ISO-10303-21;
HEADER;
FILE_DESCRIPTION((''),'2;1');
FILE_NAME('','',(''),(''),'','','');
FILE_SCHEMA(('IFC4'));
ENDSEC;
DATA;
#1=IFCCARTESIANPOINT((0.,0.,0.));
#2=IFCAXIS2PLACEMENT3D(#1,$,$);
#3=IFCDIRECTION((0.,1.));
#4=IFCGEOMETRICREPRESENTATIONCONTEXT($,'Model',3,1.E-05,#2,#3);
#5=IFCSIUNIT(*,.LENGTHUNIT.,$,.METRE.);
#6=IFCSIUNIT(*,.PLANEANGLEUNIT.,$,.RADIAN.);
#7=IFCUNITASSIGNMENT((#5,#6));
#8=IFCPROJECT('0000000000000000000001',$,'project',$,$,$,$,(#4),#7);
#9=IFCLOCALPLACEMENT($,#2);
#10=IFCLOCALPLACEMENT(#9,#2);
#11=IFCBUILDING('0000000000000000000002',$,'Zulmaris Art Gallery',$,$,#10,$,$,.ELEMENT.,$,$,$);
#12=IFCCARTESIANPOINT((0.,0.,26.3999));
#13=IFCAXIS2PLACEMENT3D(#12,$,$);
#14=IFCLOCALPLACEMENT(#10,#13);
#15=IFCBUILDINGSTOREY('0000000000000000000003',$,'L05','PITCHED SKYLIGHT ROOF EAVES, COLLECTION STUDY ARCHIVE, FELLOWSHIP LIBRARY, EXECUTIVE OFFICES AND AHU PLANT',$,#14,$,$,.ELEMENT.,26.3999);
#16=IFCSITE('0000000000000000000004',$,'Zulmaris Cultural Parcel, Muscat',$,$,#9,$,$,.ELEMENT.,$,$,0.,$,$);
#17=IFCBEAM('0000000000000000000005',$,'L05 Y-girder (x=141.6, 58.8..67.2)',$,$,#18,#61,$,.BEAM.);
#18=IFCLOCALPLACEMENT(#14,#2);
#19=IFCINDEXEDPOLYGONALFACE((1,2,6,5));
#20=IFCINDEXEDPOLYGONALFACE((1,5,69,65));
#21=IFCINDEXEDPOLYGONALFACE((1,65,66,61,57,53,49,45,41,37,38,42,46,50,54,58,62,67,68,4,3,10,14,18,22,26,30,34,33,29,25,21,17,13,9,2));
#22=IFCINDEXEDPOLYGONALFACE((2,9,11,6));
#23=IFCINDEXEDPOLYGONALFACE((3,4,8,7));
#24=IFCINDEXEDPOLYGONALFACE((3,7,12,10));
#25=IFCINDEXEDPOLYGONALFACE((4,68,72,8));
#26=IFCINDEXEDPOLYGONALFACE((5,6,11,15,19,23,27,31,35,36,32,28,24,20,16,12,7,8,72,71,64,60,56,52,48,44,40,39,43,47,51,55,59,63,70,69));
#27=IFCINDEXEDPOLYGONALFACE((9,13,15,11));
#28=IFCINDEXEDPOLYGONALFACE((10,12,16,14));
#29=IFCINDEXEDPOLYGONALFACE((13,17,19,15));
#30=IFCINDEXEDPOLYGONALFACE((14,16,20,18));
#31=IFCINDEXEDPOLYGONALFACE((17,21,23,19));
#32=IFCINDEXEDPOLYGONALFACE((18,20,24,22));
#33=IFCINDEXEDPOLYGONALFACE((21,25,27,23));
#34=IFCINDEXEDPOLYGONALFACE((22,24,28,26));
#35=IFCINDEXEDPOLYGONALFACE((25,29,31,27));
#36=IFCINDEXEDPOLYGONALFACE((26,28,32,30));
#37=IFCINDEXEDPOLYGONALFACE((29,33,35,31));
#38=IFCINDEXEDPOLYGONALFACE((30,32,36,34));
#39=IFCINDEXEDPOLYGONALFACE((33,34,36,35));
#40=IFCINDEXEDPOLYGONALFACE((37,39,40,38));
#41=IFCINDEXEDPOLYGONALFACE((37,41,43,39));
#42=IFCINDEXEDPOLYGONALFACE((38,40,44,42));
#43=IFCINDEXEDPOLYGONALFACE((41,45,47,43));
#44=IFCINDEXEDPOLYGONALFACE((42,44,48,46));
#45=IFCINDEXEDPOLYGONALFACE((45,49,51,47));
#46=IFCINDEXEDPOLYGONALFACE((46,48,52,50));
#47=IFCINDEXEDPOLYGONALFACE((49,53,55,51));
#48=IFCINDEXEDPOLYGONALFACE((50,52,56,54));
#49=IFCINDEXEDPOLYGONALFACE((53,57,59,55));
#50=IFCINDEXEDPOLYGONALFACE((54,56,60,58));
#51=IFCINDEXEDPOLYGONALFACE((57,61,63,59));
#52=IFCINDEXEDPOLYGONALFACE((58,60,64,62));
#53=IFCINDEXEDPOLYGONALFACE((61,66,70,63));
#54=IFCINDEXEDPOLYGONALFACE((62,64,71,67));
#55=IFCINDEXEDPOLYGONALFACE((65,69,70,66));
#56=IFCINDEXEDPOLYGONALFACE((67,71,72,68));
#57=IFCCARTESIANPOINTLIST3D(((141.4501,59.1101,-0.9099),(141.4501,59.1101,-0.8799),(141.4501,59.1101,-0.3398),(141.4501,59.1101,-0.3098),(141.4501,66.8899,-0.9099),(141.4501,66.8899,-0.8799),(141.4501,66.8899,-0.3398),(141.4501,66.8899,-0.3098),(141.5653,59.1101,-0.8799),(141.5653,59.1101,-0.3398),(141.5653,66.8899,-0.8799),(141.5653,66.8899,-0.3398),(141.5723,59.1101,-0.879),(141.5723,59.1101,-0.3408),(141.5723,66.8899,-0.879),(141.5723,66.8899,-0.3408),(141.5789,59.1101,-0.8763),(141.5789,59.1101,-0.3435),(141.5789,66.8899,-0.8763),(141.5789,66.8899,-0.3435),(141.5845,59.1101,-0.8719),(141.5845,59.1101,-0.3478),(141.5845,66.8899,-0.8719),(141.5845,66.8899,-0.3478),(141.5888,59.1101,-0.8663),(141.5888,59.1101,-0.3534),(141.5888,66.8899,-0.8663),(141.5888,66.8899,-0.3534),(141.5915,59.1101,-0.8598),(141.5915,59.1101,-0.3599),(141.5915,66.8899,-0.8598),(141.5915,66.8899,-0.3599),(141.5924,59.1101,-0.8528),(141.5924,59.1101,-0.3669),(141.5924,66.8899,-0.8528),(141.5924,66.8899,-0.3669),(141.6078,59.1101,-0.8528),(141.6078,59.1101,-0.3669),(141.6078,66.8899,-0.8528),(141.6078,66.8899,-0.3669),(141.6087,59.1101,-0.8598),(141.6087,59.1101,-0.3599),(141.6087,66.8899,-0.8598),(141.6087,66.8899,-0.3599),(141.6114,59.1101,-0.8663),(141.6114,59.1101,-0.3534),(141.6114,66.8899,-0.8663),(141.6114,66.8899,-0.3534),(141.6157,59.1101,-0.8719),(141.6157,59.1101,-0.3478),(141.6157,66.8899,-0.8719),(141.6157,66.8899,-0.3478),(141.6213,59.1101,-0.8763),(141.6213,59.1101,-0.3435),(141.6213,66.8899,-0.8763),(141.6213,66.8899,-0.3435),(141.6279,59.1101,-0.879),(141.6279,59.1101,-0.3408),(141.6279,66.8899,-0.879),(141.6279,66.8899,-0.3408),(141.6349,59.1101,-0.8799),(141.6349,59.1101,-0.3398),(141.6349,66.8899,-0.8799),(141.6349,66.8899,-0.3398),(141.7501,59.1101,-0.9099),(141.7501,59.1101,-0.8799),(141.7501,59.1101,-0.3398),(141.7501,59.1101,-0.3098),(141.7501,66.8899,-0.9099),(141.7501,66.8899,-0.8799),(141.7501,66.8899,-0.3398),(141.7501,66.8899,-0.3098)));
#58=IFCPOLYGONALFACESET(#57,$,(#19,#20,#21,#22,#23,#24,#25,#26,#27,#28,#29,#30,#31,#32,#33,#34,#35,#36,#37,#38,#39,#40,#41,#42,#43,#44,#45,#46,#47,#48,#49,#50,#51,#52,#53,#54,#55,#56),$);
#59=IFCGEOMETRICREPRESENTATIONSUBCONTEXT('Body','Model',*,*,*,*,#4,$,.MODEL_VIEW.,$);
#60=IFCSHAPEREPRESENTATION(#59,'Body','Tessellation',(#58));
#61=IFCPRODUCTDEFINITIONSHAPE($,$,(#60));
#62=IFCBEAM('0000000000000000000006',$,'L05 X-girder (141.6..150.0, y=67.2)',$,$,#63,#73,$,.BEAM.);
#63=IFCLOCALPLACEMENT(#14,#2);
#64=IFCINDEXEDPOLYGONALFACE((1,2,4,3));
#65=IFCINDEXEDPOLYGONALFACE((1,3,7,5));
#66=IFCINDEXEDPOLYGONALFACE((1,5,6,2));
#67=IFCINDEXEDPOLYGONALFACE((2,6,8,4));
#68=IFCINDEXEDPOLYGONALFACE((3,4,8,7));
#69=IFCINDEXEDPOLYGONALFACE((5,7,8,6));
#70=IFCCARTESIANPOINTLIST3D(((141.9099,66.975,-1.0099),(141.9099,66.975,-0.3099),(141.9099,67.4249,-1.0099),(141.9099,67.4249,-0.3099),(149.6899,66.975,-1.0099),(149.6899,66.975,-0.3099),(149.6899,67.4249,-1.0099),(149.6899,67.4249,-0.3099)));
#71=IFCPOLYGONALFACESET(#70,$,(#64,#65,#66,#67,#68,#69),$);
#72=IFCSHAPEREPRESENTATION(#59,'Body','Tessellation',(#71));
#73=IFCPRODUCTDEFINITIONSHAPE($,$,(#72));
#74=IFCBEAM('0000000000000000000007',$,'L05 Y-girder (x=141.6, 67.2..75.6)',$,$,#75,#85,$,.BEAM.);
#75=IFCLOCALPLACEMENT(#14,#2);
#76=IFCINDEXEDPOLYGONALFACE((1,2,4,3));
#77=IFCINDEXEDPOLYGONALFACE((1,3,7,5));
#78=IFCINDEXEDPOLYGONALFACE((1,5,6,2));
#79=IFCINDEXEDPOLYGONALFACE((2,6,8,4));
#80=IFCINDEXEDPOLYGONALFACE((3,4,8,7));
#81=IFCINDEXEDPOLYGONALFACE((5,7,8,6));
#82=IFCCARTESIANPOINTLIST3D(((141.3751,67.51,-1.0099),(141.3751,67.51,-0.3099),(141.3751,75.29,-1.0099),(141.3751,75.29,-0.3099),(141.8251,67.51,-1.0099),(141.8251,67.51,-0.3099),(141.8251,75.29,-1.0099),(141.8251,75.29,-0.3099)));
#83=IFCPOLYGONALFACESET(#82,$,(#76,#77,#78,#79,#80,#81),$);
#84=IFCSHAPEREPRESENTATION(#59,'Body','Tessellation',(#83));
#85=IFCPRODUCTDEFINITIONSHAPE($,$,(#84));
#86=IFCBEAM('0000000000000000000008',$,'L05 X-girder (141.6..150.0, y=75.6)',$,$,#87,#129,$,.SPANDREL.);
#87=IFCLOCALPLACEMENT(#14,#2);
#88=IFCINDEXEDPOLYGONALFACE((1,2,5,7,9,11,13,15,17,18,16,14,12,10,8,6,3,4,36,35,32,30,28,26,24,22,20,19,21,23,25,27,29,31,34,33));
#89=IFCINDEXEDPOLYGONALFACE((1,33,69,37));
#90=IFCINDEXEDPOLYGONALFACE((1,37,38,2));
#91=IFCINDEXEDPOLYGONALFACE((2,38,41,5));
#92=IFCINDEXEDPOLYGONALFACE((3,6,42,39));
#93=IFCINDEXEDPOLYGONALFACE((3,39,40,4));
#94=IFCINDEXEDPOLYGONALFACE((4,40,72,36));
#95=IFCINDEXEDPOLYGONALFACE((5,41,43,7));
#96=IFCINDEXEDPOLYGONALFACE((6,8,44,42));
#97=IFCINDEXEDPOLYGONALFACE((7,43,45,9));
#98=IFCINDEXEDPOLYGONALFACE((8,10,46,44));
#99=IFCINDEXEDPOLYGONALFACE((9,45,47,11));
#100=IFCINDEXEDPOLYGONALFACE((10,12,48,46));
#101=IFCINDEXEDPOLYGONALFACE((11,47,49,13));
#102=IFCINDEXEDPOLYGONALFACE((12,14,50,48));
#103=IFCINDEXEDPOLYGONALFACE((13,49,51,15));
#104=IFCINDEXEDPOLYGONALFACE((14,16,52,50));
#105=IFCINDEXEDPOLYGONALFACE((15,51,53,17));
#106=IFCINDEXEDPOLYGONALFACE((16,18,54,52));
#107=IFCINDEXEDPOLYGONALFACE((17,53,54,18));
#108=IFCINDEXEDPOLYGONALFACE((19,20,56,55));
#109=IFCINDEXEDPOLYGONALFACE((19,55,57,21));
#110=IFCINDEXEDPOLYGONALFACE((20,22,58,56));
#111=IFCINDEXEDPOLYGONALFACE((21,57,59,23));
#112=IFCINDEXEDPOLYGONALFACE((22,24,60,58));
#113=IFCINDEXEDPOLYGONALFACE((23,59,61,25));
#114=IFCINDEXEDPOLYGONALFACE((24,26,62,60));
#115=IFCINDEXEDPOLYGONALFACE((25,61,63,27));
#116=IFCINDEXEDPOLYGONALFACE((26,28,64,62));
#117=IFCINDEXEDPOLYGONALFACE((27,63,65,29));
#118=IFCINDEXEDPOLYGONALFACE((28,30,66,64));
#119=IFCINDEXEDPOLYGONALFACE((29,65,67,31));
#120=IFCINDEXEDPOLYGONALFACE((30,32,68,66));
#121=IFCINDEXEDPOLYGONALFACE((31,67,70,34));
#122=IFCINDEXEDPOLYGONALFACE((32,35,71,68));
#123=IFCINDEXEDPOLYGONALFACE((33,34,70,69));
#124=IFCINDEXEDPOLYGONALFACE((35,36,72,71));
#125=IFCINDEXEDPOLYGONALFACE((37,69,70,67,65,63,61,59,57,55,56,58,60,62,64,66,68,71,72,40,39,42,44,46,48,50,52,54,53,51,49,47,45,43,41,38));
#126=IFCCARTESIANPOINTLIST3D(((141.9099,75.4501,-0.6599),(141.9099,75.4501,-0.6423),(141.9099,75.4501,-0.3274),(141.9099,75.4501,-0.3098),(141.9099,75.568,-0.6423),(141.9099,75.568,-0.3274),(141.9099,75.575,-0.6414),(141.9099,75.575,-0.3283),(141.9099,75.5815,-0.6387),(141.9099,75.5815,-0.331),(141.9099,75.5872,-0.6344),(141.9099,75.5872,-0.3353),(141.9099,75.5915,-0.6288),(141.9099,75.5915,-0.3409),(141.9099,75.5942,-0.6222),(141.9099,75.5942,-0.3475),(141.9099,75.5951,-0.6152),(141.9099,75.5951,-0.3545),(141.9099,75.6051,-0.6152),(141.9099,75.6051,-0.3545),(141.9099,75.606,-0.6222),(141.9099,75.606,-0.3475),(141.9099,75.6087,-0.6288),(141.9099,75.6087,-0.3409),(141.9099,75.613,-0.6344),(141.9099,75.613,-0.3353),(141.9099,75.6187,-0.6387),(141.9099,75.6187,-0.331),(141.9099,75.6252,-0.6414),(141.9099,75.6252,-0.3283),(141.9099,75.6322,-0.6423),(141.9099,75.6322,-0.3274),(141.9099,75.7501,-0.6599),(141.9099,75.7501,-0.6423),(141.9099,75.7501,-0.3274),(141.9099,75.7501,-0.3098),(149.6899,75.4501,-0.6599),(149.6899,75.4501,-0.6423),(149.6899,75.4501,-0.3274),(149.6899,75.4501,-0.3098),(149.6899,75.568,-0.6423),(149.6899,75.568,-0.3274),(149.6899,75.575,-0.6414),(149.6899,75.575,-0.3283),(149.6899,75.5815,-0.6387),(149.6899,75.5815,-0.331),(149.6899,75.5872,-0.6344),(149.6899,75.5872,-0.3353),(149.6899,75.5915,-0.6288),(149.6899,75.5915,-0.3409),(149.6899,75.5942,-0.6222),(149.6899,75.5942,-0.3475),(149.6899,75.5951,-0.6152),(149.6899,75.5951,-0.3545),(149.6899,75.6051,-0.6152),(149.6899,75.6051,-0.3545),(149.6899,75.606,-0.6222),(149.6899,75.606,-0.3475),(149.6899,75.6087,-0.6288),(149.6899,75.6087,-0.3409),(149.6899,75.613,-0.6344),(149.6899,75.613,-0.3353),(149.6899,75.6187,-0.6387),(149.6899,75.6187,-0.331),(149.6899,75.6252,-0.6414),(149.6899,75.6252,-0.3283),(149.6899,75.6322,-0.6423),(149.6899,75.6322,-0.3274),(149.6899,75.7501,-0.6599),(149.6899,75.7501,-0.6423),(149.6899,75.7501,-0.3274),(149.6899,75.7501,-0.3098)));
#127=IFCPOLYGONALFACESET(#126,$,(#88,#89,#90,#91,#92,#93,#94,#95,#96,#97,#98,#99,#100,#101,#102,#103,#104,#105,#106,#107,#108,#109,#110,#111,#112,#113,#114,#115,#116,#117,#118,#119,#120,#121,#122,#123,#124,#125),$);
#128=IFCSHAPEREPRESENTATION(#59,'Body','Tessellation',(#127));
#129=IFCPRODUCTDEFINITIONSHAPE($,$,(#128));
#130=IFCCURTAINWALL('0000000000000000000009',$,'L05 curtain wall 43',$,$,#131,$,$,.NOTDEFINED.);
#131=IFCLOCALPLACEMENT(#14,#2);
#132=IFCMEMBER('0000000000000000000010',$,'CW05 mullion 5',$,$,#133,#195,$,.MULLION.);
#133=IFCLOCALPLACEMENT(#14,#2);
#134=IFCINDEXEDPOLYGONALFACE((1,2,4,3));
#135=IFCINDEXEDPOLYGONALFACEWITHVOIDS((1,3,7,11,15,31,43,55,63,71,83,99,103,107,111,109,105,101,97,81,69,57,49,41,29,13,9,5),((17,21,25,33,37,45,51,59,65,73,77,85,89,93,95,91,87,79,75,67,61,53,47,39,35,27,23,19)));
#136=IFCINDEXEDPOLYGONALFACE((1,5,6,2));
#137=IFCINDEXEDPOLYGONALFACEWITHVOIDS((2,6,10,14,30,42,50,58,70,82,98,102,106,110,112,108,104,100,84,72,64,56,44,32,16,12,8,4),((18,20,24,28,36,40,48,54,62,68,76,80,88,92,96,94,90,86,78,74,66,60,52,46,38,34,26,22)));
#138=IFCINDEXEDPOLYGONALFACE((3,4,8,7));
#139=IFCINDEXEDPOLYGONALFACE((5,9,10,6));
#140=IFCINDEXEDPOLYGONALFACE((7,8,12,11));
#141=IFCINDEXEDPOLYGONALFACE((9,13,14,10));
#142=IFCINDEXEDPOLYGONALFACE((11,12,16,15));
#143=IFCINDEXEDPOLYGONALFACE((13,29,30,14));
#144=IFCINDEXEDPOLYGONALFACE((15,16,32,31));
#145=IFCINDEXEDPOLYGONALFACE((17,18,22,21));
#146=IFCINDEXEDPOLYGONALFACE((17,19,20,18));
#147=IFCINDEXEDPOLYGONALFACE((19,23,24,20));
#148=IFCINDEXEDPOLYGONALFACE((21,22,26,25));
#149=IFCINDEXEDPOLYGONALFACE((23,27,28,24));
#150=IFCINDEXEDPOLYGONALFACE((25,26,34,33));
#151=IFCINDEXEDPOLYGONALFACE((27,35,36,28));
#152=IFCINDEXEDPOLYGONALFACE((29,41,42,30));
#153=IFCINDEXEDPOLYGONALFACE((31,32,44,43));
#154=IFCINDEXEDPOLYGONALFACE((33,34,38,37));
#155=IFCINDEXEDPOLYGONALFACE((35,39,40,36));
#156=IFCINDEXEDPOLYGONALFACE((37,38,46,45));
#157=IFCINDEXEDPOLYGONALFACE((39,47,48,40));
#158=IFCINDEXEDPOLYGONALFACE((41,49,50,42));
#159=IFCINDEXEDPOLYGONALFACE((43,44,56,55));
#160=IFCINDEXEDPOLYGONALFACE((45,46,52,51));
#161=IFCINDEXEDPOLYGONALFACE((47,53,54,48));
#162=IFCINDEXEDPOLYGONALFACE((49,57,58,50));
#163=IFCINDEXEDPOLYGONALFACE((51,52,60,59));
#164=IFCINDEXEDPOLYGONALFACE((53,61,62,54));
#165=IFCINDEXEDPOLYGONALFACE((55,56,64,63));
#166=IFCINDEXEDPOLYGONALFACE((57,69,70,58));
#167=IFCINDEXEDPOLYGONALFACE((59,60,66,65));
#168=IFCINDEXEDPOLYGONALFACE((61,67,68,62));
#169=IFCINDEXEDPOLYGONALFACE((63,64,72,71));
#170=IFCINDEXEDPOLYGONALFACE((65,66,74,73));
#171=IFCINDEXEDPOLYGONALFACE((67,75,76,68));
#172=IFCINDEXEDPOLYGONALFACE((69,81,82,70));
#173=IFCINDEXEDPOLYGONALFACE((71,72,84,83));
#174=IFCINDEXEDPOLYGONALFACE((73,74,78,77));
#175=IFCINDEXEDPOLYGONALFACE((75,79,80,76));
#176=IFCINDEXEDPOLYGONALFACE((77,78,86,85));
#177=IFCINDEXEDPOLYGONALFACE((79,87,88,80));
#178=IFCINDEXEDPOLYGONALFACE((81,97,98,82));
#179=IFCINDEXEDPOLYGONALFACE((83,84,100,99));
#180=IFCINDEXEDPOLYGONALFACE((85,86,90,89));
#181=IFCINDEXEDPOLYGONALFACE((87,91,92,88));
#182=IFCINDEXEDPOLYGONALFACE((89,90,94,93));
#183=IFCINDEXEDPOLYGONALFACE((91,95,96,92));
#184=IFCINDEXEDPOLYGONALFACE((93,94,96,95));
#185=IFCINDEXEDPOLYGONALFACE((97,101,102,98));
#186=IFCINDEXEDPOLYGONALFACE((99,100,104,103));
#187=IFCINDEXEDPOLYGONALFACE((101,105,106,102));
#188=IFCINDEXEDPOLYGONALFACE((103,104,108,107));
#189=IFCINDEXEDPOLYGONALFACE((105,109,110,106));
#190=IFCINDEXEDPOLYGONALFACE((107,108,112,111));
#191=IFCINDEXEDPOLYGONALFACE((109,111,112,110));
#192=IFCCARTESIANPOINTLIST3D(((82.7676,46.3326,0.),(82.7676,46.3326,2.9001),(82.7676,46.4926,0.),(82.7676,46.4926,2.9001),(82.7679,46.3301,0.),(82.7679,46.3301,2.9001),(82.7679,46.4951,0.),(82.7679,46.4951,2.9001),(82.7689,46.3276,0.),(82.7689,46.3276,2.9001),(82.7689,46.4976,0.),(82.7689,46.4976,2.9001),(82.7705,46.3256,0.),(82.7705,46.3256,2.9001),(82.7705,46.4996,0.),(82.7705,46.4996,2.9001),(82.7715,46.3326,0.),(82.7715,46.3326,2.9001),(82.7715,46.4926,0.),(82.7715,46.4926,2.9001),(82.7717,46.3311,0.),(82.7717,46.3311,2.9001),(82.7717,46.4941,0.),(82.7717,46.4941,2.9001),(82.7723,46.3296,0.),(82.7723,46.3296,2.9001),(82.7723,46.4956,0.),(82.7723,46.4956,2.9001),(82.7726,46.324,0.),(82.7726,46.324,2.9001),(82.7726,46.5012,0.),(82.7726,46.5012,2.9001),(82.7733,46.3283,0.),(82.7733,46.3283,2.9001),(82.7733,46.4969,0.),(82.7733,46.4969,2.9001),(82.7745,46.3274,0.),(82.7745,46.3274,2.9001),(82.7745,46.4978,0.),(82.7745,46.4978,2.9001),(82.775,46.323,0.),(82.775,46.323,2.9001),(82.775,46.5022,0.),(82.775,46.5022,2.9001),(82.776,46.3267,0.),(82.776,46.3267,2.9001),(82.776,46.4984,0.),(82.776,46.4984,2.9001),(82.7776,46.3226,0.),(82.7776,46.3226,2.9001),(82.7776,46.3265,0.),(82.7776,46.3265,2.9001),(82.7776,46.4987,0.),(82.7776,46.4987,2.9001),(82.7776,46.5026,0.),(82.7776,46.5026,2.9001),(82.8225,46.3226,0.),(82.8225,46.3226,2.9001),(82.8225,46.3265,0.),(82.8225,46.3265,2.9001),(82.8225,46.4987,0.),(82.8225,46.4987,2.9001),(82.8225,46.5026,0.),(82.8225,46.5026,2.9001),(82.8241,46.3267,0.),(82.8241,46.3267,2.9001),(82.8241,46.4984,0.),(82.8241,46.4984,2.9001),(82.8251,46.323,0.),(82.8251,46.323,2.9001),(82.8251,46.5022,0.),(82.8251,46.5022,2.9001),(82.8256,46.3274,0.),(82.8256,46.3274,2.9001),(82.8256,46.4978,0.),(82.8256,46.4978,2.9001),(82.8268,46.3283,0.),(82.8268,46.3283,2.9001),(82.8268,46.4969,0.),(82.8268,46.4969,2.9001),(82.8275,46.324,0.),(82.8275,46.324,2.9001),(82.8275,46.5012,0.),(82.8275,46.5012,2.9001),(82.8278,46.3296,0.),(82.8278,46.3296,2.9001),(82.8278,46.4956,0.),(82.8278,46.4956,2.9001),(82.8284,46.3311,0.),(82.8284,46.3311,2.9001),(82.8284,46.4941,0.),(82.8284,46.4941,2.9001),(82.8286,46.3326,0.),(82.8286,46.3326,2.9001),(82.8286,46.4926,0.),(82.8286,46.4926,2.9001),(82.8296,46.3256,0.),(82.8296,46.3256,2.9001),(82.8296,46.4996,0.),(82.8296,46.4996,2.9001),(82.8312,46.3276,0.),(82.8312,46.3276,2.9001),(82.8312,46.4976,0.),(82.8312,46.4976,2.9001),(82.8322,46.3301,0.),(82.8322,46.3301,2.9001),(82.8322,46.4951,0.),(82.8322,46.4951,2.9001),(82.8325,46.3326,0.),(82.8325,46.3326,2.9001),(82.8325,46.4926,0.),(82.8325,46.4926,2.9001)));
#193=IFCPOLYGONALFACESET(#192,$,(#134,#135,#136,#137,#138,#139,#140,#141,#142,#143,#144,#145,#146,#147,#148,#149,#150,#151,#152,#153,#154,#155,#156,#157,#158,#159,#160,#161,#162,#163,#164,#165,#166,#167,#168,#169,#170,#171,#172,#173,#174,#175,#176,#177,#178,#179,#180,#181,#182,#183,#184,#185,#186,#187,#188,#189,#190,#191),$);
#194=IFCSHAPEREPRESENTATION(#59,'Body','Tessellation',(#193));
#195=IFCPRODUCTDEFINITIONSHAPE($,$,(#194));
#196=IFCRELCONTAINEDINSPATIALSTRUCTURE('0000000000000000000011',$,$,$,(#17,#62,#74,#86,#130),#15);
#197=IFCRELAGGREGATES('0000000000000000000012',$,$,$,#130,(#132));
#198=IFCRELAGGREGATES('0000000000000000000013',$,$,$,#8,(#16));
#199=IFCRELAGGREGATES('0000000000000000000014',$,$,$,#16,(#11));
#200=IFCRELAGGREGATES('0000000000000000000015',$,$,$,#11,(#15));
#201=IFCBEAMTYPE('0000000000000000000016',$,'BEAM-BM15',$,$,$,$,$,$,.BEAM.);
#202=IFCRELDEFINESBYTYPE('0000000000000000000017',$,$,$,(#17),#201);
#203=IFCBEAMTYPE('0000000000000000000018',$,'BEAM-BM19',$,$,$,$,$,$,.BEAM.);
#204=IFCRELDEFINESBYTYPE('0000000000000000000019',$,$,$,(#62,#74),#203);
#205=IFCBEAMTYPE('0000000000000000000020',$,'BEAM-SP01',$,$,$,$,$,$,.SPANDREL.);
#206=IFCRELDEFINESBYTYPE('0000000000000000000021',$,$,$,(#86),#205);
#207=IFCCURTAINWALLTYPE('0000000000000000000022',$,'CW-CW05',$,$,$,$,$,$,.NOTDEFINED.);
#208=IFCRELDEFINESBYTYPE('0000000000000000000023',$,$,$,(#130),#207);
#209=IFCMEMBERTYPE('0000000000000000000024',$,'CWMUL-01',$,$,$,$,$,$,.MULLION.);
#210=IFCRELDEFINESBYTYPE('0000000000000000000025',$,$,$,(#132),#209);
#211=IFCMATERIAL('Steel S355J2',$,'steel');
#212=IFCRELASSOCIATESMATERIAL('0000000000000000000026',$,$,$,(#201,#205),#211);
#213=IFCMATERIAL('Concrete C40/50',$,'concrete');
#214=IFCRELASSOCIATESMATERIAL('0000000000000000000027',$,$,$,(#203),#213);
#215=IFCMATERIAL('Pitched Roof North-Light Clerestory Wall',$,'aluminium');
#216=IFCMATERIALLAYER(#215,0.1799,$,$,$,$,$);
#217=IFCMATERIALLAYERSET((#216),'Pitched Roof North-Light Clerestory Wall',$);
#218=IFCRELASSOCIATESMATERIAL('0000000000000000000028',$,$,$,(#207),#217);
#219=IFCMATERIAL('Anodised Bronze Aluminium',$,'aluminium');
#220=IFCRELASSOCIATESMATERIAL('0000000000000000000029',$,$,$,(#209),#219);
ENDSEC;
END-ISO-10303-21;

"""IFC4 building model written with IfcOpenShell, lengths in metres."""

from ifc_helpers import new_model, si_unit, direction, frame, origin, origin_2d, place, context, subcontext, project, spatial, rectangle, hollow_rectangle, i_section, extrude, material, layer, layer_set, material_profile, profile_set, type_object, element, aggregate, save


model = new_model("IFC4")

# Units and contexts
model_context = context("Model", 3, precision=1e-05, world=origin(), true_north=direction((0.0, 1.0)))
body_context = subcontext(model_context, "Body", "Model", "MODEL_VIEW")
ifc_project = project(units=[si_unit("LENGTHUNIT", "METRE"), si_unit("PLANEANGLEUNIT", "RADIAN")], contexts=[model_context])

# Site, building, storey
site_placement = place(None, origin())
site = spatial("IfcSite", under=ifc_project, at=site_placement, Name="Zulmaris Cultural Parcel, Muscat", CompositionType="ELEMENT", RefElevation=0.0)
building_placement = place(site_placement, origin())
building = spatial("IfcBuilding", under=site, at=building_placement, Name="Zulmaris Art Gallery", CompositionType="ELEMENT")
storey_placement = place(building_placement, frame((0.0, 0.0, 26.3999)))
storey = spatial("IfcBuildingStorey", under=building, at=storey_placement, Name="L05", Description="PITCHED SKYLIGHT ROOF EAVES, COLLECTION STUDY ARCHIVE, FELLOWSHIP LIBRARY, EXECUTIVE OFFICES AND AHU PLANT", CompositionType="ELEMENT", Elevation=26.3999)

# Shared definitions
ifc_material_1 = material(Name="Concrete C40/50", Category="concrete")

# Beams
ifc_material_2 = material(Name="Steel S355J2", Category="steel")
ifc_material_profile_1 = material_profile(ifc_material_2, i_section(OverallWidth=0.3, OverallDepth=0.6001, WebThickness=0.0154, FlangeThickness=0.03, FilletRadius=0.0271, at=origin_2d()), Name="HEB 600")
ifc_profile_set_1 = profile_set([ifc_material_profile_1], Name="Steel S355J2")
beam_type_1 = type_object("IfcBeamType", Name="BEAM-BM15", PredefinedType="BEAM", material=ifc_profile_set_1)
beam_1_placement = place(storey_placement, frame((141.6001, 59.1101, -0.6099), z_axis=(0.0, 1.0, 0.0), x_axis=(-1.0, 0.0, 0.0)))
element("IfcBeam", 1, at=beam_1_placement, inside=storey, type_object=beam_type_1, Name="L05 Y-girder (x=141.6, 58.8..67.2)", PredefinedType="BEAM", context=body_context, shape_type="SweptSolid", body=[
    extrude(i_section(OverallWidth=0.3, OverallDepth=0.6001, WebThickness=0.0154, FlangeThickness=0.03, FilletRadius=0.0271, at=origin_2d()), origin(), (0.0, 0.0, 1.0), 7.7798),
])
ifc_material_profile_2 = material_profile(ifc_material_1, rectangle(XDim=0.45, YDim=0.7, at=origin_2d()), Name="RC 450x700")
ifc_profile_set_2 = profile_set([ifc_material_profile_2], Name="Concrete C40/50")
beam_type_2 = type_object("IfcBeamType", Name="BEAM-BM19", PredefinedType="BEAM", material=ifc_profile_set_2)
for number, where, z_axis, x_axis, name in (
    (2, (141.9099, 67.2, -0.6599), (1.0, 0.0, 0.0), (0.0, 1.0, 0.0), "L05 X-girder (141.6..150.0, y=67.2)"),
    (3, (141.6001, 67.51, -0.6599), (0.0, 1.0, 0.0), (-1.0, 0.0, 0.0), "L05 Y-girder (x=141.6, 67.2..75.6)"),
):
    element("IfcBeam", number, at=place(storey_placement, frame(where, z_axis=z_axis, x_axis=x_axis)), inside=storey, type_object=beam_type_2, Name=name, PredefinedType="BEAM", context=body_context, shape_type="SweptSolid", body=[
        extrude(rectangle(XDim=0.45, YDim=0.7, at=origin_2d()), origin(), (0.0, 0.0, 1.0), 7.78),
    ])
ifc_material_profile_3 = material_profile(ifc_material_2, i_section(OverallWidth=0.3, OverallDepth=0.3501, WebThickness=0.01, FlangeThickness=0.0176, FilletRadius=0.0271, at=origin_2d()), Name="HEA 360")
ifc_profile_set_3 = profile_set([ifc_material_profile_3], Name="Steel S355J2")
beam_type_3 = type_object("IfcBeamType", Name="BEAM-SP01", PredefinedType="SPANDREL", material=ifc_profile_set_3)
beam_2_placement = place(storey_placement, frame((141.9099, 75.6001, -0.4849), z_axis=(1.0, 0.0, 0.0), x_axis=(0.0, 1.0, 0.0)))
element("IfcBeam", 4, at=beam_2_placement, inside=storey, type_object=beam_type_3, Name="L05 X-girder (141.6..150.0, y=75.6)", PredefinedType="SPANDREL", context=body_context, shape_type="SweptSolid", body=[
    extrude(i_section(OverallWidth=0.3, OverallDepth=0.3501, WebThickness=0.01, FlangeThickness=0.0176, FilletRadius=0.0271, at=origin_2d()), origin(), (0.0, 0.0, 1.0), 7.78),
])

# Curtain wall, member
ifc_material_3 = material(Name="Pitched Roof North-Light Clerestory Wall", Category="aluminium")
ifc_layer_1 = layer(ifc_material_3, 0.1799)
ifc_layer_set_1 = layer_set([ifc_layer_1], Name="Pitched Roof North-Light Clerestory Wall")
curtain_wall_type = type_object("IfcCurtainWallType", Name="CW-CW05", PredefinedType="NOTDEFINED", material=ifc_layer_set_1)
curtain_wall_placement = place(storey_placement, origin())
curtain_wall = element("IfcCurtainWall", 5, at=curtain_wall_placement, inside=storey, type_object=curtain_wall_type, Name="L05 curtain wall 43", PredefinedType="NOTDEFINED")
ifc_material_4 = material(Name="Anodised Bronze Aluminium", Category="aluminium")
ifc_material_profile_4 = material_profile(ifc_material_4, hollow_rectangle(XDim=0.0649, YDim=0.1799, WallThickness=0.0039, InnerFilletRadius=0.0061, OuterFilletRadius=0.01, at=origin_2d()), Name="ALU 65x180x4")
ifc_profile_set_4 = profile_set([ifc_material_profile_4], Name="Anodised Bronze Aluminium")
member_type = type_object("IfcMemberType", Name="CWMUL-01", PredefinedType="MULLION", material=ifc_profile_set_4)
member_placement = place(storey_placement, frame((82.8, 46.4126, 0.0), z_axis=(0.0, 0.0, 1.0), x_axis=(-1.0, 0.0, 0.0)))
member = element("IfcMember", 6, at=member_placement, type_object=member_type, Name="CW05 mullion 5", PredefinedType="MULLION", context=body_context, shape_type="SweptSolid", body=[
    extrude(hollow_rectangle(XDim=0.0649, YDim=0.1799, WallThickness=0.0039, InnerFilletRadius=0.0061, OuterFilletRadius=0.01, at=origin_2d()), origin(), (0.0, 0.0, 1.0), 2.9001),
])
aggregate(curtain_wall, [member])

save(model, "model.ifc")
